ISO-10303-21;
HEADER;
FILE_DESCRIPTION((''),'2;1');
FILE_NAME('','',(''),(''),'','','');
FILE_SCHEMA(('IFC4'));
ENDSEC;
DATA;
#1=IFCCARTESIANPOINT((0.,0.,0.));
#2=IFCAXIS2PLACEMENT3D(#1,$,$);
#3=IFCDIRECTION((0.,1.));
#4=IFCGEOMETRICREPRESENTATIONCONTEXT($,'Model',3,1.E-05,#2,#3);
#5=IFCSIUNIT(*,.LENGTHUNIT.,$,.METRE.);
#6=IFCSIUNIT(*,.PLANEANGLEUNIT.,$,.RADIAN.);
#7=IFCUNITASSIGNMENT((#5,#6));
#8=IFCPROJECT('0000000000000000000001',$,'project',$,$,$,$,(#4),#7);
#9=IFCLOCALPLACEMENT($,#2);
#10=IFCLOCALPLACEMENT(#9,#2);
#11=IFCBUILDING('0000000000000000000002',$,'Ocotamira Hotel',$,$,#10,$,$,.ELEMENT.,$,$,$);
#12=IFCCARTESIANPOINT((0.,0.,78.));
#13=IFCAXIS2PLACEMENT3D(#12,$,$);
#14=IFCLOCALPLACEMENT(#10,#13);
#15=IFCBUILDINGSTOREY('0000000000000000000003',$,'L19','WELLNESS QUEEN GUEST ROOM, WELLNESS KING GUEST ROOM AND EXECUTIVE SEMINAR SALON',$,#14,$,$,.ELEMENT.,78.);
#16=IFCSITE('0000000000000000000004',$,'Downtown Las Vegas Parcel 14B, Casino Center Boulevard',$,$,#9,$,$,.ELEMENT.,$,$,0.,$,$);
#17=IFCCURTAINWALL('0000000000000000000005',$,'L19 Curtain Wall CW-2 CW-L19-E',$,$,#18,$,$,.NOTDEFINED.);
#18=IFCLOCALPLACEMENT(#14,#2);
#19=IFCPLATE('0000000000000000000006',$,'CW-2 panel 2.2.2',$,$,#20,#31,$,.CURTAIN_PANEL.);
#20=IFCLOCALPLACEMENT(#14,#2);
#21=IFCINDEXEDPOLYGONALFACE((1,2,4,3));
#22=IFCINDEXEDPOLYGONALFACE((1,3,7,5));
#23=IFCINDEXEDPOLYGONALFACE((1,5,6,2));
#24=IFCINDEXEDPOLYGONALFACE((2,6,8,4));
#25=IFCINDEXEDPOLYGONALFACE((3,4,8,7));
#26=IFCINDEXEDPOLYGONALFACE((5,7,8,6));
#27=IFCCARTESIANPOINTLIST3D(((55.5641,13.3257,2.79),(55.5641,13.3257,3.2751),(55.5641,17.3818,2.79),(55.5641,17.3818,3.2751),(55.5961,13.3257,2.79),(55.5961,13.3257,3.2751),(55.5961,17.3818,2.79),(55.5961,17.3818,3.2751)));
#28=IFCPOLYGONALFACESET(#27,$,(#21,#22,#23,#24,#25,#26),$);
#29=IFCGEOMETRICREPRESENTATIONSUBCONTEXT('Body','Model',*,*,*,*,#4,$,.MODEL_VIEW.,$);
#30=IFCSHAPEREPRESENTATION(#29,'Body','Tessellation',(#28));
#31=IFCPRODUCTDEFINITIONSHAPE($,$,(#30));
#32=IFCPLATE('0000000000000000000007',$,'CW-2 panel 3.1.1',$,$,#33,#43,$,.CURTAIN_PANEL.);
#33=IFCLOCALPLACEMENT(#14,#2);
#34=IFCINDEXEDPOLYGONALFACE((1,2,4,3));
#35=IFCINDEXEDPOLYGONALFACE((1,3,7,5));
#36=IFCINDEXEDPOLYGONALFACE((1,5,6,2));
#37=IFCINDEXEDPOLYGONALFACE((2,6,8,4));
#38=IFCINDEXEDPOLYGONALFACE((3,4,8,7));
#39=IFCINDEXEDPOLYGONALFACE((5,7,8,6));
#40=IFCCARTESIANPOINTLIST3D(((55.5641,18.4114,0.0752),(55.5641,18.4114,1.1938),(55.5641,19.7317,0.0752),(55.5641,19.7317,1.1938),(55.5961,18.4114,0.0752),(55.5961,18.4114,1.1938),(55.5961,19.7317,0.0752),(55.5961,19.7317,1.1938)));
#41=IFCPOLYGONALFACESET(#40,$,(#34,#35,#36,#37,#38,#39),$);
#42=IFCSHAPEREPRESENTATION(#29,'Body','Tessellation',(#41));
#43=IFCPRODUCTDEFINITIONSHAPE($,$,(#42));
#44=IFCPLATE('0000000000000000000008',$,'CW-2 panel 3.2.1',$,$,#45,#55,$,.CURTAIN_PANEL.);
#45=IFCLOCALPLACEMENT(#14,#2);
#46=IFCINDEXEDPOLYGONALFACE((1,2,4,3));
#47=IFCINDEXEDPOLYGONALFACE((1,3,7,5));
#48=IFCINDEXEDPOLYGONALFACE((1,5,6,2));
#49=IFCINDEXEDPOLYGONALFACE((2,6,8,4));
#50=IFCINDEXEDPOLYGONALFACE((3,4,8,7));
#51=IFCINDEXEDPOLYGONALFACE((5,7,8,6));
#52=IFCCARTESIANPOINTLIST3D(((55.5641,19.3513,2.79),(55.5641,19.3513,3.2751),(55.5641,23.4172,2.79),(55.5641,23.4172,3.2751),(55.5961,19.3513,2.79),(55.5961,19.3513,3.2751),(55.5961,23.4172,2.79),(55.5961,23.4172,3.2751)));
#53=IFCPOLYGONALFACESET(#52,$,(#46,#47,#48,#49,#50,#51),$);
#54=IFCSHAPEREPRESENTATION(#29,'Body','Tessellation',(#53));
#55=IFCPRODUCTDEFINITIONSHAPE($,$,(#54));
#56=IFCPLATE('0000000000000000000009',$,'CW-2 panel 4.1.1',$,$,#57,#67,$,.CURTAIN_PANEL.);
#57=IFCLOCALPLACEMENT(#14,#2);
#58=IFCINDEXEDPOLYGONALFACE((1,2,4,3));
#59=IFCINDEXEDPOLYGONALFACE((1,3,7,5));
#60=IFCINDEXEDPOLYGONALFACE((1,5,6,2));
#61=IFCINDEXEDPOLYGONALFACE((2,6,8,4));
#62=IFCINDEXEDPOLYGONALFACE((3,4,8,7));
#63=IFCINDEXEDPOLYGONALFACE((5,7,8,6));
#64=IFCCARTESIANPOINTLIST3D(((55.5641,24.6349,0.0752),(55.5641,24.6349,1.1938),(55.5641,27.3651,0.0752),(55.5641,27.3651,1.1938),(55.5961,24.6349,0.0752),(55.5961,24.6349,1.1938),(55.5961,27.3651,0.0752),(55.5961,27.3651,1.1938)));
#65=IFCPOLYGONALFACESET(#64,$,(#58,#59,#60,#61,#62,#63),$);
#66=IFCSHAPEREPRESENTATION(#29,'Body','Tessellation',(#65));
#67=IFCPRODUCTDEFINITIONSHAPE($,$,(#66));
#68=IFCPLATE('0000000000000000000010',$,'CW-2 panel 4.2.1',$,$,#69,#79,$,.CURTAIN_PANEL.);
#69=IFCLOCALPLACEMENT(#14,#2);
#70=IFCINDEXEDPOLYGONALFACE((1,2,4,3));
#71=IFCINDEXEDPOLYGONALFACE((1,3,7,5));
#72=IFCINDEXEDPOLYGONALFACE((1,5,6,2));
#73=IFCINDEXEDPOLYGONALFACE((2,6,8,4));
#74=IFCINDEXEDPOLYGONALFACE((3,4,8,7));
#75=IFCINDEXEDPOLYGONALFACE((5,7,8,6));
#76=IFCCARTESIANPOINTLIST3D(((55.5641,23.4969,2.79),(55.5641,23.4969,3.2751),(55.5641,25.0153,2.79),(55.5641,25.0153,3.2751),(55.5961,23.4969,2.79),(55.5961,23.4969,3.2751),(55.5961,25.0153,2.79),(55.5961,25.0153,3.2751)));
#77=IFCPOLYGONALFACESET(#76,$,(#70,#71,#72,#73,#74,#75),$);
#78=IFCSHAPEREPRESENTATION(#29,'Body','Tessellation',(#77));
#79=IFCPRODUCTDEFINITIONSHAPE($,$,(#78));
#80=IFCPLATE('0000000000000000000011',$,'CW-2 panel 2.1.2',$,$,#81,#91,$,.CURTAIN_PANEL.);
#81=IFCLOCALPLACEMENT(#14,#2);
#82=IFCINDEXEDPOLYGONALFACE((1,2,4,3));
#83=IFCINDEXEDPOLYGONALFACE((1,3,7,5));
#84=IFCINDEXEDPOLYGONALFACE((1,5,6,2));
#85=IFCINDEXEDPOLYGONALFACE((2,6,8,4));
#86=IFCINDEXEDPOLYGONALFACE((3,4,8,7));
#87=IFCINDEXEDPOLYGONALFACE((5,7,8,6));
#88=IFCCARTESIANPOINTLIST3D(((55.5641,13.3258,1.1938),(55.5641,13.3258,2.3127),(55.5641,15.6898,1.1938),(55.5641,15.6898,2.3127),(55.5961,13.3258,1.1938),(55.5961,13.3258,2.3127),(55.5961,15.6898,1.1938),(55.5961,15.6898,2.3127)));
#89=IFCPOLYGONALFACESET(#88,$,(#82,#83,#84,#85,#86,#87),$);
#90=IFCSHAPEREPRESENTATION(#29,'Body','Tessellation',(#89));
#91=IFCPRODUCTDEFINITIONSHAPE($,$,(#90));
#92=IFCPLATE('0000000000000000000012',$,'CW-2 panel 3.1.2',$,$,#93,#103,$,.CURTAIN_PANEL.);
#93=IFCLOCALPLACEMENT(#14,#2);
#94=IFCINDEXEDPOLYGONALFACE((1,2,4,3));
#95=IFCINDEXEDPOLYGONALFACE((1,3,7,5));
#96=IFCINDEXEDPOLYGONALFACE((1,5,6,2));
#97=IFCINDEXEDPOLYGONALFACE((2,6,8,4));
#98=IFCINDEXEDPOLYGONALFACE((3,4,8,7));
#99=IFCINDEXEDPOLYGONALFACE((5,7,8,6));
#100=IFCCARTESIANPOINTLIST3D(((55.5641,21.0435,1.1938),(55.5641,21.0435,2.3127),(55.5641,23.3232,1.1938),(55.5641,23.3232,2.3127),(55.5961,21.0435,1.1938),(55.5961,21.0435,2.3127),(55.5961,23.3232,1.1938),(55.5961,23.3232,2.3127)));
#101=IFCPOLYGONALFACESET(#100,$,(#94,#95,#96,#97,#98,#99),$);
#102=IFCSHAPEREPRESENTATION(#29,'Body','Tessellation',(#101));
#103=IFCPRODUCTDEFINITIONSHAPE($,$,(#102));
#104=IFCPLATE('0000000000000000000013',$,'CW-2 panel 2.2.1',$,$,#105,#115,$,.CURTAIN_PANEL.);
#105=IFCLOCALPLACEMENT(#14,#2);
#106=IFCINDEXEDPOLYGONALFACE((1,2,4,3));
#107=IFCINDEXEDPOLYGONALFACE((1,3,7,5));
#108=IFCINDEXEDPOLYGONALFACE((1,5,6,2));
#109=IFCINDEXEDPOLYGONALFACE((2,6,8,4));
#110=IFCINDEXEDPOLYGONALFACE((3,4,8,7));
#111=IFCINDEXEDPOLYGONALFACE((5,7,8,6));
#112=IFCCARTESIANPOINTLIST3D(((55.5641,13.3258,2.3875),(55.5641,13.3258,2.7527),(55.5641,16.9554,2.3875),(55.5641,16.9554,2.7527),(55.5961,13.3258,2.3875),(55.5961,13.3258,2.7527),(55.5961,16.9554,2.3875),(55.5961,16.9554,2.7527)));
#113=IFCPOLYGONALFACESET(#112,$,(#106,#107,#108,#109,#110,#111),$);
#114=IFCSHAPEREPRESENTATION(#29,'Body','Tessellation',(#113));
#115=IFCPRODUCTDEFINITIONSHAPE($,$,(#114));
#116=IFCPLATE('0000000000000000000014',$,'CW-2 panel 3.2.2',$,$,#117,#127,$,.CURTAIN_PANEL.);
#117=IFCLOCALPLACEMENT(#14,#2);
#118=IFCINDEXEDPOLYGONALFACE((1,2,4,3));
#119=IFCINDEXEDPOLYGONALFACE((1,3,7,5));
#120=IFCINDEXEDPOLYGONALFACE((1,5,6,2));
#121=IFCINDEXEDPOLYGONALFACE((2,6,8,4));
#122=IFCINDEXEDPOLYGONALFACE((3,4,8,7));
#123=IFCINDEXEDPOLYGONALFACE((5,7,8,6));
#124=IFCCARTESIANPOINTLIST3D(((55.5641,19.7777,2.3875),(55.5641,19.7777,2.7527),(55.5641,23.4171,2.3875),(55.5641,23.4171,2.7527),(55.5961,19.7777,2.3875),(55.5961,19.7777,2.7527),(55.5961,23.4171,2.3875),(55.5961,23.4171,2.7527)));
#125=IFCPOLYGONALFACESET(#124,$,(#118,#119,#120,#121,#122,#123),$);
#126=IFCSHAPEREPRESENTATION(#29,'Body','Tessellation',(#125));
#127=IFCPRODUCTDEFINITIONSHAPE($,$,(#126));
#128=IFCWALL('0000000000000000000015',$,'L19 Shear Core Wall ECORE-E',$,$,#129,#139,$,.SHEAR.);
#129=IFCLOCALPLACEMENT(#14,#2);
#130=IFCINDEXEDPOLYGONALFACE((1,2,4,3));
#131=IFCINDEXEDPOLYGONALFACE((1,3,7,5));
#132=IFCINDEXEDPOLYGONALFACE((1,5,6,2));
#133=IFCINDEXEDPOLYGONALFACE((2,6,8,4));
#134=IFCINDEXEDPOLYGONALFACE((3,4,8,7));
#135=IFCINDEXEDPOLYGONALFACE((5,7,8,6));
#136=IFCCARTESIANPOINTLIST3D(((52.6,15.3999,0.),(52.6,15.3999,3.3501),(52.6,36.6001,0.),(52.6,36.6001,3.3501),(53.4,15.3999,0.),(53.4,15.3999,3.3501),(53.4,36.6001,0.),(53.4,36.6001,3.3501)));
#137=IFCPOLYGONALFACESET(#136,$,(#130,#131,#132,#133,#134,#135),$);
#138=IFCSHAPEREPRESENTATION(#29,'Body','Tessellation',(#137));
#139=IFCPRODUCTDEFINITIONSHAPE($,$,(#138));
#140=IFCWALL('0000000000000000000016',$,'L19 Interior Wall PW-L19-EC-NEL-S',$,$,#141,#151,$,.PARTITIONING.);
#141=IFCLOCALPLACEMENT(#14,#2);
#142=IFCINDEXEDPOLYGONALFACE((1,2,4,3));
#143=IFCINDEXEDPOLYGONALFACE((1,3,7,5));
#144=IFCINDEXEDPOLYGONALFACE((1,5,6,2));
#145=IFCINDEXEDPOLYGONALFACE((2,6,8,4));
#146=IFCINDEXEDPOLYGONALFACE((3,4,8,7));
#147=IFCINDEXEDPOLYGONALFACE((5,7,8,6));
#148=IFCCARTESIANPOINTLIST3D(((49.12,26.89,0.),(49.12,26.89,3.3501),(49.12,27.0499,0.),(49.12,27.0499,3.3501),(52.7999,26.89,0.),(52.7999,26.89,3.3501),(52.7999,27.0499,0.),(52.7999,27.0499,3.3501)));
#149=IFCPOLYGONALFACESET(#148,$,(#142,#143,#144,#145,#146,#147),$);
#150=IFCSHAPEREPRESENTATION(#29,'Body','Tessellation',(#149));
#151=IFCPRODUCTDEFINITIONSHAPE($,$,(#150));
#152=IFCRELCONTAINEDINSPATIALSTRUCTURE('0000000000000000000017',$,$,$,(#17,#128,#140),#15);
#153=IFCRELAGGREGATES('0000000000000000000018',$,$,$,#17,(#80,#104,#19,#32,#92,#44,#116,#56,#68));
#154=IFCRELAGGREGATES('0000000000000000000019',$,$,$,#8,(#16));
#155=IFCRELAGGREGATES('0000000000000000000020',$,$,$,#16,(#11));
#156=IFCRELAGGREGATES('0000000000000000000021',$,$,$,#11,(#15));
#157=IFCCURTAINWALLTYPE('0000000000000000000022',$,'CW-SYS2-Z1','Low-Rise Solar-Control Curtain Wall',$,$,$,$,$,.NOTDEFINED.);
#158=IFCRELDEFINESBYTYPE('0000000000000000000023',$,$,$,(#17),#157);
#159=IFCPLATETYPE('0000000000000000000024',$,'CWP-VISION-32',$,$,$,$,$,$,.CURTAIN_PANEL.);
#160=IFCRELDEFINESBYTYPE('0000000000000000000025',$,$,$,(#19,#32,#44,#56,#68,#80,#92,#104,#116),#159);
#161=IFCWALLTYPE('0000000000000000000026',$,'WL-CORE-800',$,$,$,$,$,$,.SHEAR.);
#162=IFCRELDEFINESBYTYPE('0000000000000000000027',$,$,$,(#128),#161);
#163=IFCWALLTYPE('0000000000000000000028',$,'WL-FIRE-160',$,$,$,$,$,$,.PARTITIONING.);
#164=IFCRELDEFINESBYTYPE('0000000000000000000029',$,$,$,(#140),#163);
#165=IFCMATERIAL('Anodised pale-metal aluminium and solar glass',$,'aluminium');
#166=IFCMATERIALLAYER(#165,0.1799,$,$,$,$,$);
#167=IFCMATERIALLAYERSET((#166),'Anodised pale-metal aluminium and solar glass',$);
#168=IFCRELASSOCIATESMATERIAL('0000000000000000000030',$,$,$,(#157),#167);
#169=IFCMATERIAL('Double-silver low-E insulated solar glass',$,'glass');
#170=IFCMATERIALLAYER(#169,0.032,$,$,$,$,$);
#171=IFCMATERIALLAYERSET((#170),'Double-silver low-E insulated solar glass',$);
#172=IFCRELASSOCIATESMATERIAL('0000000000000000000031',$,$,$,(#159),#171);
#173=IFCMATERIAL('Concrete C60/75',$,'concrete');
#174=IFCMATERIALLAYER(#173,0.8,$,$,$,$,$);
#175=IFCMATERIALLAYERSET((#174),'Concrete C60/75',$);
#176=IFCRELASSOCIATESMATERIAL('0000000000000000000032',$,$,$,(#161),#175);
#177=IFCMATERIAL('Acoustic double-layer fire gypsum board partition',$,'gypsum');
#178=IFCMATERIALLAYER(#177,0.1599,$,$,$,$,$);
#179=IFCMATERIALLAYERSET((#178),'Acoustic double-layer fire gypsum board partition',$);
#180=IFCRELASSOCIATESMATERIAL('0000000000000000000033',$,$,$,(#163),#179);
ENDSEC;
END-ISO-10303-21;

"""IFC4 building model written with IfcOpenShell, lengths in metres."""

from ifc_helpers import new_model, si_unit, direction, frame, frame_2d, origin, origin_2d, place, context, subcontext, project, spatial, rectangle, extrude, source, transform, mapped, material, layer, layer_set, type_object, element, aggregate, save


model = new_model("IFC4")

# Units and contexts
model_context = context("Model", 3, precision=1e-05, world=origin(), true_north=direction((0.0, 1.0)))
body_context = subcontext(model_context, "Body", "Model", "MODEL_VIEW")
ifc_project = project(units=[si_unit("LENGTHUNIT", "METRE"), si_unit("PLANEANGLEUNIT", "RADIAN")], contexts=[model_context])

# Site, building, storey
site_placement = place(None, origin())
site = spatial("IfcSite", under=ifc_project, at=site_placement, Name="Downtown Las Vegas Parcel 14B, Casino Center Boulevard", CompositionType="ELEMENT", RefElevation=0.0)
building_placement = place(site_placement, origin())
building = spatial("IfcBuilding", under=site, at=building_placement, Name="Ocotamira Hotel", CompositionType="ELEMENT")
storey_placement = place(building_placement, frame((0.0, 0.0, 78.0)))
storey = spatial("IfcBuildingStorey", under=building, at=storey_placement, Name="L19", Description="WELLNESS QUEEN GUEST ROOM, WELLNESS KING GUEST ROOM AND EXECUTIVE SEMINAR SALON", CompositionType="ELEMENT", Elevation=78.0)

# Curtain wall
ifc_material_1 = material(Name="Anodised pale-metal aluminium and solar glass", Category="aluminium")
ifc_layer_1 = layer(ifc_material_1, 0.1799)
ifc_layer_set_1 = layer_set([ifc_layer_1], Name="Anodised pale-metal aluminium and solar glass")
curtain_wall_type = type_object("IfcCurtainWallType", Name="CW-SYS2-Z1", Description="Low-Rise Solar-Control Curtain Wall", PredefinedType="NOTDEFINED", material=ifc_layer_set_1)
curtain_wall_placement = place(storey_placement, origin())
curtain_wall = element("IfcCurtainWall", 1, at=curtain_wall_placement, inside=storey, type_object=curtain_wall_type, Name="L19 Curtain Wall CW-2 CW-L19-E", PredefinedType="NOTDEFINED")

# Plates
ifc_material_2 = material(Name="Double-silver low-E insulated solar glass", Category="glass")
ifc_layer_2 = layer(ifc_material_2, 0.032)
ifc_layer_set_2 = layer_set([ifc_layer_2], Name="Double-silver low-E insulated solar glass")
plate_type_1 = type_object("IfcPlateType", Name="CWP-VISION-32", PredefinedType="CURTAIN_PANEL", material=ifc_layer_set_2)
shared_shape_1 = source(origin(), body_context, "Body", "SweptSolid", [
    extrude(rectangle(XDim=4.0562, YDim=0.032, at=origin_2d()), origin(), (0.0, 0.0, 1.0), 0.4851),
])
plate_1_placement = place(storey_placement, frame((55.5801, 15.3538, 2.79), z_axis=(0.0, 0.0, 1.0), x_axis=(0.0, 1.0, 0.0)))
plate_1 = element("IfcPlate", 2, at=plate_1_placement, type_object=plate_type_1, Name="CW-2 panel 2.2.2", PredefinedType="CURTAIN_PANEL", context=body_context, shape_type="MappedRepresentation", body=[
    mapped(shared_shape_1, transform((0.0, 0.0, 0.0), scale=1.0)),
])
shared_shape_2 = source(origin(), body_context, "Body", "SweptSolid", [
    extrude(rectangle(XDim=1.3203, YDim=0.032, at=origin_2d()), origin(), (0.0, 0.0, 1.0), 1.1187),
])
plate_2_placement = place(storey_placement, frame((55.5801, 19.0715, 0.0752), z_axis=(0.0, 0.0, 1.0), x_axis=(0.0, 1.0, 0.0)))
plate_2 = element("IfcPlate", 3, at=plate_2_placement, type_object=plate_type_1, Name="CW-2 panel 3.1.1", PredefinedType="CURTAIN_PANEL", context=body_context, shape_type="MappedRepresentation", body=[
    mapped(shared_shape_2, transform((0.0, 0.0, 0.0), scale=1.0)),
])
shared_shape_3 = source(origin(), body_context, "Body", "SweptSolid", [
    extrude(rectangle(XDim=4.0659, YDim=0.032, at=origin_2d()), origin(), (0.0, 0.0, 1.0), 0.4851),
])
plate_3_placement = place(storey_placement, frame((55.5801, 21.3843, 2.79), z_axis=(0.0, 0.0, 1.0), x_axis=(0.0, 1.0, 0.0)))
plate_3 = element("IfcPlate", 4, at=plate_3_placement, type_object=plate_type_1, Name="CW-2 panel 3.2.1", PredefinedType="CURTAIN_PANEL", context=body_context, shape_type="MappedRepresentation", body=[
    mapped(shared_shape_3, transform((0.0, 0.0, 0.0), scale=1.0)),
])
shared_shape_4 = source(origin(), body_context, "Body", "SweptSolid", [
    extrude(rectangle(XDim=2.7302, YDim=0.032, at=origin_2d()), origin(), (0.0, 0.0, 1.0), 1.1187),
])
plate_4_placement = place(storey_placement, frame((55.5801, 26.0, 0.0752), z_axis=(0.0, 0.0, 1.0), x_axis=(0.0, 1.0, 0.0)))
plate_4 = element("IfcPlate", 5, at=plate_4_placement, type_object=plate_type_1, Name="CW-2 panel 4.1.1", PredefinedType="CURTAIN_PANEL", context=body_context, shape_type="MappedRepresentation", body=[
    mapped(shared_shape_4, transform((0.0, 0.0, 0.0), scale=1.0)),
])
shared_shape_5 = source(origin(), body_context, "Body", "SweptSolid", [
    extrude(rectangle(XDim=1.5183, YDim=0.032, at=origin_2d()), origin(), (0.0, 0.0, 1.0), 0.4851),
])
plate_5_placement = place(storey_placement, frame((55.5801, 24.2561, 2.79), z_axis=(0.0, 0.0, 1.0), x_axis=(0.0, 1.0, 0.0)))
plate_5 = element("IfcPlate", 6, at=plate_5_placement, type_object=plate_type_1, Name="CW-2 panel 4.2.1", PredefinedType="CURTAIN_PANEL", context=body_context, shape_type="MappedRepresentation", body=[
    mapped(shared_shape_5, transform((0.0, 0.0, 0.0), scale=1.0)),
])
shared_shape_6 = source(origin(), body_context, "Body", "SweptSolid", [
    extrude(rectangle(XDim=2.364, YDim=0.032, at=origin_2d()), origin(), (0.0, 0.0, 1.0), 1.1189),
])
plate_6_placement = place(storey_placement, frame((55.5801, 14.5078, 1.1938), z_axis=(0.0, 0.0, 1.0), x_axis=(0.0, 1.0, 0.0)))
plate_6 = element("IfcPlate", 7, at=plate_6_placement, type_object=plate_type_1, Name="CW-2 panel 2.1.2", PredefinedType="CURTAIN_PANEL", context=body_context, shape_type="MappedRepresentation", body=[
    mapped(shared_shape_6, transform((0.0, 0.0, 0.0), scale=1.0)),
])
shared_shape_7 = source(origin(), body_context, "Body", "SweptSolid", [
    extrude(rectangle(XDim=2.2798, YDim=0.032, at=origin_2d()), origin(), (0.0, 0.0, 1.0), 1.1189),
])
plate_7_placement = place(storey_placement, frame((55.5801, 22.1833, 1.1938), z_axis=(0.0, 0.0, 1.0), x_axis=(0.0, 1.0, 0.0)))
plate_7 = element("IfcPlate", 8, at=plate_7_placement, type_object=plate_type_1, Name="CW-2 panel 3.1.2", PredefinedType="CURTAIN_PANEL", context=body_context, shape_type="MappedRepresentation", body=[
    mapped(shared_shape_7, transform((0.0, 0.0, 0.0), scale=1.0)),
])
shared_shape_8 = source(origin(), body_context, "Body", "SweptSolid", [
    extrude(rectangle(XDim=3.6296, YDim=0.032, at=origin_2d()), origin(), (0.0, 0.0, 1.0), 0.3652),
])
plate_8_placement = place(storey_placement, frame((55.5801, 15.1406, 2.3875), z_axis=(0.0, 0.0, 1.0), x_axis=(0.0, 1.0, 0.0)))
plate_8 = element("IfcPlate", 9, at=plate_8_placement, type_object=plate_type_1, Name="CW-2 panel 2.2.1", PredefinedType="CURTAIN_PANEL", context=body_context, shape_type="MappedRepresentation", body=[
    mapped(shared_shape_8, transform((0.0, 0.0, 0.0), scale=1.0)),
])
shared_shape_9 = source(origin(), body_context, "Body", "SweptSolid", [
    extrude(rectangle(XDim=3.6394, YDim=0.032, at=origin_2d()), origin(), (0.0, 0.0, 1.0), 0.3652),
])
plate_9_placement = place(storey_placement, frame((55.5801, 21.5974, 2.3875), z_axis=(0.0, 0.0, 1.0), x_axis=(0.0, 1.0, 0.0)))
plate_9 = element("IfcPlate", 10, at=plate_9_placement, type_object=plate_type_1, Name="CW-2 panel 3.2.2", PredefinedType="CURTAIN_PANEL", context=body_context, shape_type="MappedRepresentation", body=[
    mapped(shared_shape_9, transform((0.0, 0.0, 0.0), scale=1.0)),
])
aggregate(curtain_wall, [plate_6, plate_8, plate_1, plate_2, plate_7, plate_3, plate_9, plate_4, plate_5])

# Walls
ifc_material_3 = material(Name="Concrete C60/75", Category="concrete")
ifc_layer_3 = layer(ifc_material_3, 0.8)
ifc_layer_set_3 = layer_set([ifc_layer_3], Name="Concrete C60/75")
wall_type_1 = type_object("IfcWallType", Name="WL-CORE-800", PredefinedType="SHEAR", material=ifc_layer_set_3)
wall_1_placement = place(storey_placement, frame((53.0, 15.3999, 0.0), z_axis=(0.0, 0.0, 1.0), x_axis=(0.0, 1.0, 0.0)))
element("IfcWall", 11, at=wall_1_placement, inside=storey, type_object=wall_type_1, Name="L19 Shear Core Wall ECORE-E", PredefinedType="SHEAR", context=body_context, shape_type="SweptSolid", body=[
    extrude(rectangle(XDim=21.2002, YDim=0.8, at=frame_2d((10.6001, 0.0))), origin(), (0.0, 0.0, 1.0), 3.3501),
])
ifc_material_4 = material(Name="Acoustic double-layer fire gypsum board partition", Category="gypsum")
ifc_layer_4 = layer(ifc_material_4, 0.1599)
ifc_layer_set_4 = layer_set([ifc_layer_4], Name="Acoustic double-layer fire gypsum board partition")
wall_type_2 = type_object("IfcWallType", Name="WL-FIRE-160", PredefinedType="PARTITIONING", material=ifc_layer_set_4)
wall_2_placement = place(storey_placement, frame((49.1201, 26.97, 0.0), z_axis=(0.0, 0.0, 1.0), x_axis=(1.0, 0.0, 0.0)))
element("IfcWall", 12, at=wall_2_placement, inside=storey, type_object=wall_type_2, Name="L19 Interior Wall PW-L19-EC-NEL-S", PredefinedType="PARTITIONING", context=body_context, shape_type="SweptSolid", body=[
    extrude(rectangle(XDim=3.6799, YDim=0.1599, at=frame_2d((1.8398, 0.0))), origin(), (0.0, 0.0, 1.0), 3.3501),
])

save(model, "model.ifc")
